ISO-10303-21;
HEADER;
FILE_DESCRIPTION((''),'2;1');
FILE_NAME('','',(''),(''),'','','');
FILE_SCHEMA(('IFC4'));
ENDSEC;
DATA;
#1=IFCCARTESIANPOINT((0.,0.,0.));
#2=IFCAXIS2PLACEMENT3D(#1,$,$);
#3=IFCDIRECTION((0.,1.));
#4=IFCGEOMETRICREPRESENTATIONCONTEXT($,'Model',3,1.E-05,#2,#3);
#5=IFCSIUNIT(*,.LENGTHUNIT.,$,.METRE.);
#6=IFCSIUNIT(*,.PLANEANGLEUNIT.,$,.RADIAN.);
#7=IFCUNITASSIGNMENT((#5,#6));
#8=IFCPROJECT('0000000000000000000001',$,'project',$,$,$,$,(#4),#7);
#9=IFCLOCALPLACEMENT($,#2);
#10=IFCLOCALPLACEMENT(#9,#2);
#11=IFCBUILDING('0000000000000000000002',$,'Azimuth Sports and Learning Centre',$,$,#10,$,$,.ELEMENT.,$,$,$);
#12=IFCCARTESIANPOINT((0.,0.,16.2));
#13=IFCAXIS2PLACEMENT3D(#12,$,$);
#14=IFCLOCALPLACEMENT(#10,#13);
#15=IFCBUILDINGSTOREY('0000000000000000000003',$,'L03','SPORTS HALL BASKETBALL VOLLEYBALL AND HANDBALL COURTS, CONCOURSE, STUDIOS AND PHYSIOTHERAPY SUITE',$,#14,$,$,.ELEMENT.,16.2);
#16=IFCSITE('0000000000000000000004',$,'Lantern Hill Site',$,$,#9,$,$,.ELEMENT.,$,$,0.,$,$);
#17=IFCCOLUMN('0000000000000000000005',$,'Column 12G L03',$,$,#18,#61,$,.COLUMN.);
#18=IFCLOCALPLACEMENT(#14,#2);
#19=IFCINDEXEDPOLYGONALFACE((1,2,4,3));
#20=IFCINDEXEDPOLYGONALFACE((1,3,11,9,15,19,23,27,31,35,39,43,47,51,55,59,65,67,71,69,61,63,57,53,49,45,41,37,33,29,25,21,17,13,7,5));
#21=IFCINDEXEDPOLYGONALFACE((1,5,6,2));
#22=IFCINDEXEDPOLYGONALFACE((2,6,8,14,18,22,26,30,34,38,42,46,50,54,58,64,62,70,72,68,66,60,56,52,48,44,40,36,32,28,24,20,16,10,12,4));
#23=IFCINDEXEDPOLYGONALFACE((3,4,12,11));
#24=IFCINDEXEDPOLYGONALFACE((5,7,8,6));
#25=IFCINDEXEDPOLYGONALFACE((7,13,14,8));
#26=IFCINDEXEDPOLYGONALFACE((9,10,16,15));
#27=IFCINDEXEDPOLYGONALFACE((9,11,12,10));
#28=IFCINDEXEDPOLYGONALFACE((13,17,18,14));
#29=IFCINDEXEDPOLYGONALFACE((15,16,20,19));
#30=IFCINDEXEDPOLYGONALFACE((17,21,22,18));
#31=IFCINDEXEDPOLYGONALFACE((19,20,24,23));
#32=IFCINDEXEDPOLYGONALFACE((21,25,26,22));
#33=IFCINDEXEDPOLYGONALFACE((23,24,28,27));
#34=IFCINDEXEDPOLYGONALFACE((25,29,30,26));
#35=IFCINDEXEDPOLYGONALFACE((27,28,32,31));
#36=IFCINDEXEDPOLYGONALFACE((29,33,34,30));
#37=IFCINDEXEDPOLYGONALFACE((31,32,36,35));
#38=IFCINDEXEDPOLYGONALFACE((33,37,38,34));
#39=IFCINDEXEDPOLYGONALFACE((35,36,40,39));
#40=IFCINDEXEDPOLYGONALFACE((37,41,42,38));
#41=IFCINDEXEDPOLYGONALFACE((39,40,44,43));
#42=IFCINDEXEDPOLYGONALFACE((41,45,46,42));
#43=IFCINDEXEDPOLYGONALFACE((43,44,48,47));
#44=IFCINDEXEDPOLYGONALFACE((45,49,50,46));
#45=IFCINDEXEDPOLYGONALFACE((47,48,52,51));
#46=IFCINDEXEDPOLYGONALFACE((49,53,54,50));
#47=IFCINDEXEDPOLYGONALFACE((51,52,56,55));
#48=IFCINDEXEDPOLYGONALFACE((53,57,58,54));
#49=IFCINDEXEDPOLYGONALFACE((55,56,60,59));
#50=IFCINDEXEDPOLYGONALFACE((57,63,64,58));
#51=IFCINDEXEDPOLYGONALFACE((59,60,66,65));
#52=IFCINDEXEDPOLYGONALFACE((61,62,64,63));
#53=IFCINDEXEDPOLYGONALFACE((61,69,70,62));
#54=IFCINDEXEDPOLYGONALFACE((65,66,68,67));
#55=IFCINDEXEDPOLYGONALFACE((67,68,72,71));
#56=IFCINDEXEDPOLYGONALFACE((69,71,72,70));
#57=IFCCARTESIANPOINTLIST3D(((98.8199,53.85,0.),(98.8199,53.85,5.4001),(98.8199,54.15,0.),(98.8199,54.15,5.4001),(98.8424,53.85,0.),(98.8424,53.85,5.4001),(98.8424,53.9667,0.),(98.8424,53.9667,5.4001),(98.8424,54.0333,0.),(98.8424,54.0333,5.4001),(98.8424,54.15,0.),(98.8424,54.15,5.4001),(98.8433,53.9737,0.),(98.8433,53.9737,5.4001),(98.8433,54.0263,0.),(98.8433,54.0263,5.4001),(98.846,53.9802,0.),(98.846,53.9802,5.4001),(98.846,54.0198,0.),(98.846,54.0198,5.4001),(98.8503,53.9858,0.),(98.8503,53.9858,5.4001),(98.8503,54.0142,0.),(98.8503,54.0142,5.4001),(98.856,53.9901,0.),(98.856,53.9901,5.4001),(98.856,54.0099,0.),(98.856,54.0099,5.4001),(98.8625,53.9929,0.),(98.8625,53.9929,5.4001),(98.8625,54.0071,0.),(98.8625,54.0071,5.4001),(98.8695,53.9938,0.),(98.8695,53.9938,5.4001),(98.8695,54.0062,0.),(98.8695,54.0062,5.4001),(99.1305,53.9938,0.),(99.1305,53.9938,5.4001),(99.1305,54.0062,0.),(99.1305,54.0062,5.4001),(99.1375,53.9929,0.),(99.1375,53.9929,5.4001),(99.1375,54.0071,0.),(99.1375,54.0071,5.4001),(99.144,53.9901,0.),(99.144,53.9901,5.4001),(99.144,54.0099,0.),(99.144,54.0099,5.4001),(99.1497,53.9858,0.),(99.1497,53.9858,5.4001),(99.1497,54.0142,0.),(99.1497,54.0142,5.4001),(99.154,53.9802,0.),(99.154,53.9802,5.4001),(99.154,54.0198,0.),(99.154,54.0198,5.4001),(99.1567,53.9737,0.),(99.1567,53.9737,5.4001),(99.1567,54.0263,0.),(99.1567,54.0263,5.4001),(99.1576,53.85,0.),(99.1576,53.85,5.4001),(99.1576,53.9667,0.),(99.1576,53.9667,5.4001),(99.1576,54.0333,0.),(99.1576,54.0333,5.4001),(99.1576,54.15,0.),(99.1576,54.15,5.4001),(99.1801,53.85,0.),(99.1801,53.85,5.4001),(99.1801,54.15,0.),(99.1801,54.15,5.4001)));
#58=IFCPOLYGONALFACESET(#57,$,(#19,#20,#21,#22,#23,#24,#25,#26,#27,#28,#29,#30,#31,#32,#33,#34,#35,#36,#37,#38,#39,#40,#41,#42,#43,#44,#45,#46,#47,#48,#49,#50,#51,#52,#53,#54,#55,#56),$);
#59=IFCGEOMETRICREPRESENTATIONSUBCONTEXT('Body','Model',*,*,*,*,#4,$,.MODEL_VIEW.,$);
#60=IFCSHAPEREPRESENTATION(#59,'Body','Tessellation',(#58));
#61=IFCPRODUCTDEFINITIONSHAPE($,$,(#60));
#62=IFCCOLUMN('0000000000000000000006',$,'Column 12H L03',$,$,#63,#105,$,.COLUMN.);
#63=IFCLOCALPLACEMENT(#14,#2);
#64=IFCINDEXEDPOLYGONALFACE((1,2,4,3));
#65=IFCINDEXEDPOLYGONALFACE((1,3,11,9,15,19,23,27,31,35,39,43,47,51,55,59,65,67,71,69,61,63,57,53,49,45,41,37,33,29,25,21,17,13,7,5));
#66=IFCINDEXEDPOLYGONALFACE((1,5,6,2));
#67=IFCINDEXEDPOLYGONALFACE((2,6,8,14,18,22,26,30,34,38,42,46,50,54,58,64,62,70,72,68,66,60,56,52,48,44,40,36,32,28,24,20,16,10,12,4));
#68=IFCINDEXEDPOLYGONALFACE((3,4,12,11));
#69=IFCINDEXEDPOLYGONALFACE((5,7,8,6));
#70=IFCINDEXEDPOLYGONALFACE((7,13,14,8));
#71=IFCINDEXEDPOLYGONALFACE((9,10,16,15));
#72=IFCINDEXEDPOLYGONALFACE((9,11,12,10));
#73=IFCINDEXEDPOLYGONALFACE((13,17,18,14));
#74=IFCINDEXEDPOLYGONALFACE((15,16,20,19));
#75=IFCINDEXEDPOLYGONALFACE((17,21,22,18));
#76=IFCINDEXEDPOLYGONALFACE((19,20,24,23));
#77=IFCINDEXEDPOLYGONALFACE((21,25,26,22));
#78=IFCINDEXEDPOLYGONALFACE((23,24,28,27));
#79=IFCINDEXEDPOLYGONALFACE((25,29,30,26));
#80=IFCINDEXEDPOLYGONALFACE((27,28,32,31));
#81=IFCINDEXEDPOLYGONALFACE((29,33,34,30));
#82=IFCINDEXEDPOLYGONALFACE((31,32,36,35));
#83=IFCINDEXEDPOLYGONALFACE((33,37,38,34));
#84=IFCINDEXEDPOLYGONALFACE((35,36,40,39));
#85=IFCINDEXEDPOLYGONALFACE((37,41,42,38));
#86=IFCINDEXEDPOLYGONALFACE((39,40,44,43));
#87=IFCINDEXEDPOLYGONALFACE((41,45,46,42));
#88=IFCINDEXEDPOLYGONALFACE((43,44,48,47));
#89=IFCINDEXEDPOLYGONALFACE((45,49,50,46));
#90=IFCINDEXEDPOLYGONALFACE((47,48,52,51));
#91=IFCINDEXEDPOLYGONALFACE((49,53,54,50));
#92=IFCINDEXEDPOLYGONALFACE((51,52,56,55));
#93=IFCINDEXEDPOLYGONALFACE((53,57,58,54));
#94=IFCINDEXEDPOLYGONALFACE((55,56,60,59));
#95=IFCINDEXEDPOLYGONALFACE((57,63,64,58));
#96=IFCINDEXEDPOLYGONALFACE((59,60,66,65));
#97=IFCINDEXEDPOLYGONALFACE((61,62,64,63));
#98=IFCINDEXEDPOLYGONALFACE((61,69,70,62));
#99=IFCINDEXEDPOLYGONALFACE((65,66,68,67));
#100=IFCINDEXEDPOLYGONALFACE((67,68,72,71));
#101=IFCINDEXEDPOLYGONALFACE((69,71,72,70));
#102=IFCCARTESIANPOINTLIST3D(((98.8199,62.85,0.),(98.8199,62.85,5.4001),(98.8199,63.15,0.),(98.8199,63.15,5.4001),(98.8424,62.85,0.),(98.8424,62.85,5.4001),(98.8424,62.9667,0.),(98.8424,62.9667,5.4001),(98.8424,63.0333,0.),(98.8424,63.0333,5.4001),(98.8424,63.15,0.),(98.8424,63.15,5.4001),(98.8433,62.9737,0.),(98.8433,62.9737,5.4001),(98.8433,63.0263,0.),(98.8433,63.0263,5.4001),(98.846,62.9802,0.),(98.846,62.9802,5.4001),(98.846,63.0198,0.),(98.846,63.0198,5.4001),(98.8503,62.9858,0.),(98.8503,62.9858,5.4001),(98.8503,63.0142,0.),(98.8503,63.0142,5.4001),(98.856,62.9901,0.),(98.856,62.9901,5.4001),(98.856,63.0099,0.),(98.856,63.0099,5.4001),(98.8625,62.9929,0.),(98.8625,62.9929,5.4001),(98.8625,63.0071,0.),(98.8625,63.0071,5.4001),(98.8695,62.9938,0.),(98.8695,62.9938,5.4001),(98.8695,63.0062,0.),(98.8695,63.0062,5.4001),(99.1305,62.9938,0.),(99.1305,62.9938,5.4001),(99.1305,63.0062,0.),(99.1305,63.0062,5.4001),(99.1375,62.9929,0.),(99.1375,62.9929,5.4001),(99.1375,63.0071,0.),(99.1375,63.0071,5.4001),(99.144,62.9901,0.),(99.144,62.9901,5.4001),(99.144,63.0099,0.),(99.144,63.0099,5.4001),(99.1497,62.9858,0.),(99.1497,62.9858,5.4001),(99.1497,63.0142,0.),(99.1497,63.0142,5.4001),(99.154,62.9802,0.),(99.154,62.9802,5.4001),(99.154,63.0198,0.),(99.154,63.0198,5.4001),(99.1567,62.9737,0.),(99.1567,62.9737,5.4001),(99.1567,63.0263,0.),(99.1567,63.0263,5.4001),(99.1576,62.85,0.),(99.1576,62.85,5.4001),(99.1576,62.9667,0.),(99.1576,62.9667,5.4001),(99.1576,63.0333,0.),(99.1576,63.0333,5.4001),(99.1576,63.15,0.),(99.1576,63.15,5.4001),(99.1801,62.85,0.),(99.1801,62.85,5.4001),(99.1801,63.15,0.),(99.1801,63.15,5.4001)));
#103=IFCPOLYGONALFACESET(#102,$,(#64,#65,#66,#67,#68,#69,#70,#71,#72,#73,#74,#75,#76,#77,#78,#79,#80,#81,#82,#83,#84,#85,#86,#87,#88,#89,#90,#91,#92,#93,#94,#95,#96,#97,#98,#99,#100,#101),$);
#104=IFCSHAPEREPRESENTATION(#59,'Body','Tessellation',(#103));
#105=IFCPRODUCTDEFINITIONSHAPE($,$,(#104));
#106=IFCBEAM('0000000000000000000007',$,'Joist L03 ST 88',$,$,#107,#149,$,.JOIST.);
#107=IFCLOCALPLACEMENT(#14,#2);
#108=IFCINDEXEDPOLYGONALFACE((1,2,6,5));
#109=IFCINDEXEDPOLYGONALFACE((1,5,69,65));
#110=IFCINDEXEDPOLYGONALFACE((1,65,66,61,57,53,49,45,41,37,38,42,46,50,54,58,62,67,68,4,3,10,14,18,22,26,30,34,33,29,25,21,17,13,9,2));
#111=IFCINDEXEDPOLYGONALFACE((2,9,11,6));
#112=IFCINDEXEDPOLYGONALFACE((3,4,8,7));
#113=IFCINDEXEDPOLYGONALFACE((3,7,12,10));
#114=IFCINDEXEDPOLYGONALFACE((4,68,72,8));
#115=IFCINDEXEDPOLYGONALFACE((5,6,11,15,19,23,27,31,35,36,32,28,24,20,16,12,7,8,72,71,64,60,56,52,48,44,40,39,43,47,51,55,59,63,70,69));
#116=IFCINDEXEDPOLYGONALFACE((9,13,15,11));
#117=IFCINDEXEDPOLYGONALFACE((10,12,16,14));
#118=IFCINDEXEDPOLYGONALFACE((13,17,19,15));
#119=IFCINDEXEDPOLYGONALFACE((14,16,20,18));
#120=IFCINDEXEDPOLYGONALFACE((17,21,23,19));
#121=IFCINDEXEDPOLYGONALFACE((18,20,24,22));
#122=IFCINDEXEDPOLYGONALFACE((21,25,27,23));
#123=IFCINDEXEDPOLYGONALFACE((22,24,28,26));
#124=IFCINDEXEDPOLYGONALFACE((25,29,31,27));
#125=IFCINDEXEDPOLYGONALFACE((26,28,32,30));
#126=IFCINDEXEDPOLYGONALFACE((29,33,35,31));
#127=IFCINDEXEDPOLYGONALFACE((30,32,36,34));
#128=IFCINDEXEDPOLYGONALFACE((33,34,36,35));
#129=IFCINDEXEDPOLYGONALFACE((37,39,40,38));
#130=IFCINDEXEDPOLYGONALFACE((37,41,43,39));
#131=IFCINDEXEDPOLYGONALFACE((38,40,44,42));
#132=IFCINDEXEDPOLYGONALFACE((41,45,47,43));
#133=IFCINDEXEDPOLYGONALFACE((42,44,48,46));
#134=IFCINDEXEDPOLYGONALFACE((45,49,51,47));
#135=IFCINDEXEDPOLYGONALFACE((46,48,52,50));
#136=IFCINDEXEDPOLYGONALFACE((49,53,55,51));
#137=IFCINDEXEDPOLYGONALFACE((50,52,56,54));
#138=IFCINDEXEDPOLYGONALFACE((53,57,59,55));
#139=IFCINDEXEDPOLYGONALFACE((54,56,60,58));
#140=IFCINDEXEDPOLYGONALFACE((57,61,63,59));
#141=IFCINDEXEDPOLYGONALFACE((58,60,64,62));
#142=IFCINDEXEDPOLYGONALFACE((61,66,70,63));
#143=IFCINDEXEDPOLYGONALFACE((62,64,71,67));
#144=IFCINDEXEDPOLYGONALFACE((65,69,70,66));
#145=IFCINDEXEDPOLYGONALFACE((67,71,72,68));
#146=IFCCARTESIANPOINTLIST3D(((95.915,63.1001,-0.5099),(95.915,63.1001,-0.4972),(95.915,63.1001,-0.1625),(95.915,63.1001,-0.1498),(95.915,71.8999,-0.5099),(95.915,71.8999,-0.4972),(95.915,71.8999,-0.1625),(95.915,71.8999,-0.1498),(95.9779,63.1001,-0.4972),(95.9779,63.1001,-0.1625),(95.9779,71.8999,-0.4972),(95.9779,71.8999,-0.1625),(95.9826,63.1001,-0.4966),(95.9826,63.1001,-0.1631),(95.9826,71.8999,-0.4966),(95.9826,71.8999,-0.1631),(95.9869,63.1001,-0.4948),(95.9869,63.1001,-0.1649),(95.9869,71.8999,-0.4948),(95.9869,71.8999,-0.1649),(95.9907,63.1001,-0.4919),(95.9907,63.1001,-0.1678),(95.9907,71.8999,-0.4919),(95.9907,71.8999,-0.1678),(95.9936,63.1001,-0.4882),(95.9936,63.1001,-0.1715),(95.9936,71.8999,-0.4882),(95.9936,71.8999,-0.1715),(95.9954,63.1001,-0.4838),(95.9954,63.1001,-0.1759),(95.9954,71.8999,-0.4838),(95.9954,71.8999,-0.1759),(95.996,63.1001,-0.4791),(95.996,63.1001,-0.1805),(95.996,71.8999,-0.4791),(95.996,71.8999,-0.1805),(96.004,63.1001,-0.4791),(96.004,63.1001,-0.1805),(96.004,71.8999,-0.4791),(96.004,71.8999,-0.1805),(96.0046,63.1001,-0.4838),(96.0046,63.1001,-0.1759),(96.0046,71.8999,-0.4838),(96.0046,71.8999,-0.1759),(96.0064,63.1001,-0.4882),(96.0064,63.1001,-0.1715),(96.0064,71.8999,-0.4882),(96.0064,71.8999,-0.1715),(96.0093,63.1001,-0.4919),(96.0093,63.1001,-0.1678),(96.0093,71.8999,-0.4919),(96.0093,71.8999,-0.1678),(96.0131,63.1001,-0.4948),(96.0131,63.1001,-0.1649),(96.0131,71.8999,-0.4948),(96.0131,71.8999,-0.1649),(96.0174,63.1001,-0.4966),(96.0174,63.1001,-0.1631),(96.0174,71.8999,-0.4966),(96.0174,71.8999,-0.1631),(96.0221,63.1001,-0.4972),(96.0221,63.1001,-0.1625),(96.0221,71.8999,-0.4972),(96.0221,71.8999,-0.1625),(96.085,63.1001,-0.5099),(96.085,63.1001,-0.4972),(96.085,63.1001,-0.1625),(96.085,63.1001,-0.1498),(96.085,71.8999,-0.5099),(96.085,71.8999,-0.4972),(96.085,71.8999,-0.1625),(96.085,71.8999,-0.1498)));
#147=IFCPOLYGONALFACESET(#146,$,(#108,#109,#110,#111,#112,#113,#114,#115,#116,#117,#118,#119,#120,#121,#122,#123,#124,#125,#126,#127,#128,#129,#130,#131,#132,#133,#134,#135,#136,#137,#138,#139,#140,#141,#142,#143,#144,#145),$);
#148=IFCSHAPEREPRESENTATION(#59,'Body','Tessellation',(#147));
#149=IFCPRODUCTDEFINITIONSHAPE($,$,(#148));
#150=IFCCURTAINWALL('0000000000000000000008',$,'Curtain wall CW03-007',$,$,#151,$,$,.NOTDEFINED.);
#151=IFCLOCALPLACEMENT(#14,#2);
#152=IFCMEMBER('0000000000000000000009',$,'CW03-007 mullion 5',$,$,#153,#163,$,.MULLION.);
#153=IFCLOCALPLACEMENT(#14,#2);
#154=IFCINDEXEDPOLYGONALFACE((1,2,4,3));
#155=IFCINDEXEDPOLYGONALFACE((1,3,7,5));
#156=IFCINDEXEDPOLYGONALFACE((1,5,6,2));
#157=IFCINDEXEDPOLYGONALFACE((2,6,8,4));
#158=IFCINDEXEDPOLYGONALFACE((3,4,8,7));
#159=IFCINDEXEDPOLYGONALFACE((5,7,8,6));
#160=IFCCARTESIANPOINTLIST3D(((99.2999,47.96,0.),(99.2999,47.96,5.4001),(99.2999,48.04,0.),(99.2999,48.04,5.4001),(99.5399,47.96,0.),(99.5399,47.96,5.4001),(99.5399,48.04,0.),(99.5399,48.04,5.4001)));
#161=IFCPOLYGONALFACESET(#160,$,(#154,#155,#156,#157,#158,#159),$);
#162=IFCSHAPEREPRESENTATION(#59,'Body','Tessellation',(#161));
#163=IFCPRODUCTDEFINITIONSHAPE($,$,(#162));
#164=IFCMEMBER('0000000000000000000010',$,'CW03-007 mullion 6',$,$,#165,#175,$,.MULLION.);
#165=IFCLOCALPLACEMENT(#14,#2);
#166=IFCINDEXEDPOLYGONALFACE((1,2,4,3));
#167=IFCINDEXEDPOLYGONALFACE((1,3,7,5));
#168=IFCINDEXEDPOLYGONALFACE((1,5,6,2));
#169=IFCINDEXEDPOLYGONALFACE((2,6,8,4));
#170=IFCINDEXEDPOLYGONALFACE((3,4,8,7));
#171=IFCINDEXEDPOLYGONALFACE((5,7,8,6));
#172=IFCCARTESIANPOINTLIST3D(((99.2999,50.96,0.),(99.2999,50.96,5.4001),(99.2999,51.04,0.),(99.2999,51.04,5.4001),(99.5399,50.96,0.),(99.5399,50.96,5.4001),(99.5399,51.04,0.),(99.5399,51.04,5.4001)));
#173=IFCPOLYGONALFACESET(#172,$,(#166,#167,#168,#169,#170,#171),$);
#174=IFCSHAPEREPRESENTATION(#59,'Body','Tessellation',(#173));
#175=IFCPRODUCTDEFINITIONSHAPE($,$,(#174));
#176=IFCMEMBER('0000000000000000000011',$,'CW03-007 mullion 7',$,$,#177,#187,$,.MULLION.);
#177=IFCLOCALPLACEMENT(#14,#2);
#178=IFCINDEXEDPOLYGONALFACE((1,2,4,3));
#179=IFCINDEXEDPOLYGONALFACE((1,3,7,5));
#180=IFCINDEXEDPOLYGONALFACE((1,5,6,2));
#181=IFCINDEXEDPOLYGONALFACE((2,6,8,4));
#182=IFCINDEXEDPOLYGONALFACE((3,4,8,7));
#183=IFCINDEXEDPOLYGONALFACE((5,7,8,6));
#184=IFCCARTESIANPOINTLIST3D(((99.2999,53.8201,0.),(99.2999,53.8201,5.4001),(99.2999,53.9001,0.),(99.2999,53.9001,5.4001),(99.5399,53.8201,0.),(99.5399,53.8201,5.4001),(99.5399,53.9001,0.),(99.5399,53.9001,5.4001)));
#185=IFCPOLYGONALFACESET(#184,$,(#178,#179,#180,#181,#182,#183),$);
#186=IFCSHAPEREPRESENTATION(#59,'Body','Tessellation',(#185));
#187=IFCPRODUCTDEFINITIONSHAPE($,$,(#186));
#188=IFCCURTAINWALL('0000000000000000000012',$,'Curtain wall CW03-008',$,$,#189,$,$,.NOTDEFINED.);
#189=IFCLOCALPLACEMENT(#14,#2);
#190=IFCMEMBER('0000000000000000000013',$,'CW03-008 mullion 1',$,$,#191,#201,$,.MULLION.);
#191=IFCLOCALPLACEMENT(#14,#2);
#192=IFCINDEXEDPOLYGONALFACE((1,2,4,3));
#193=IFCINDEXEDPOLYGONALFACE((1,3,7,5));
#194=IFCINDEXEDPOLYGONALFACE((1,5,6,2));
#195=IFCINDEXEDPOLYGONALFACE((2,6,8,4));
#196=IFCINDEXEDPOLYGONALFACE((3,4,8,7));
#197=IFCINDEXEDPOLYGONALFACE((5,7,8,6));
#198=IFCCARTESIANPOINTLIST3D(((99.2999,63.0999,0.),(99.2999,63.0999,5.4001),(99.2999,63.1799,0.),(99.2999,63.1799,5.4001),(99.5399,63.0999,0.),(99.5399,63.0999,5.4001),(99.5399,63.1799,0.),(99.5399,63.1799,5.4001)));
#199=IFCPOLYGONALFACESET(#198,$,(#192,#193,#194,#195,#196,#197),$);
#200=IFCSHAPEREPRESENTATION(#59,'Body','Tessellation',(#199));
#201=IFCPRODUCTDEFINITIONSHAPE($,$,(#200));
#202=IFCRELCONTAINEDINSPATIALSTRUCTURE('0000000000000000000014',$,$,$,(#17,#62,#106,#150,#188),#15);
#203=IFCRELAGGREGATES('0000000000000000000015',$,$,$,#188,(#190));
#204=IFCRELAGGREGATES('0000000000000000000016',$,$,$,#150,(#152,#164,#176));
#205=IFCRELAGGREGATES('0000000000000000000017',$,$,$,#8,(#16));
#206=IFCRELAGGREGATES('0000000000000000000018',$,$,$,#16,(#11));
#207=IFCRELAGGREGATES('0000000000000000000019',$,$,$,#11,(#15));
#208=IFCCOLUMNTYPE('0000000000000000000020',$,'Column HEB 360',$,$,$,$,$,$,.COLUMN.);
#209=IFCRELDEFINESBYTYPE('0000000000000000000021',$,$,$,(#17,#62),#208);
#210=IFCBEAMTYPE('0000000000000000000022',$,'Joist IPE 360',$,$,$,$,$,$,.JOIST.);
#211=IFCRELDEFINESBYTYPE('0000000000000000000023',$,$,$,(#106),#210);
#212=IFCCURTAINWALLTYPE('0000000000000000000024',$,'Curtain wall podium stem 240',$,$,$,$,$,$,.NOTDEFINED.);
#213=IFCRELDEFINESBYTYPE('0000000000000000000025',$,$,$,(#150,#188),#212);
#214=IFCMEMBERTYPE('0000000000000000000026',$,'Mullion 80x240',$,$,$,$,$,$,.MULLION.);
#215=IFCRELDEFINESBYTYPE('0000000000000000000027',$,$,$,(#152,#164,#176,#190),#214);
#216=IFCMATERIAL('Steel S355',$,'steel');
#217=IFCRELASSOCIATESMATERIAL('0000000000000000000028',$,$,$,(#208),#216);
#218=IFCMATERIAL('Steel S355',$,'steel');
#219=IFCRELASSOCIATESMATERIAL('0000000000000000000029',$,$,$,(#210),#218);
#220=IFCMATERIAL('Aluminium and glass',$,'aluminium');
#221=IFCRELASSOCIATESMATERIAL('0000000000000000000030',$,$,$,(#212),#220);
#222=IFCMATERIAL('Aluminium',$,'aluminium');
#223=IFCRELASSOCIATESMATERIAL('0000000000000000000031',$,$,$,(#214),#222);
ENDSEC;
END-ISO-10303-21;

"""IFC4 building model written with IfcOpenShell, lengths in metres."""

from ifc_helpers import new_model, si_unit, direction, frame, origin, origin_2d, place, context, subcontext, project, spatial, rectangle, i_section, extrude, material, material_profile, profile_set, type_object, element, aggregate, save


model = new_model("IFC4")

# Units and contexts
model_context = context("Model", 3, precision=1e-05, world=origin(), true_north=direction((0.0, 1.0)))
body_context = subcontext(model_context, "Body", "Model", "MODEL_VIEW")
ifc_project = project(units=[si_unit("LENGTHUNIT", "METRE"), si_unit("PLANEANGLEUNIT", "RADIAN")], contexts=[model_context])

# Site, building, storey
site_placement = place(None, origin())
site = spatial("IfcSite", under=ifc_project, at=site_placement, Name="Lantern Hill Site", CompositionType="ELEMENT", RefElevation=0.0)
building_placement = place(site_placement, origin())
building = spatial("IfcBuilding", under=site, at=building_placement, Name="Azimuth Sports and Learning Centre", CompositionType="ELEMENT")
storey_placement = place(building_placement, frame((0.0, 0.0, 16.2)))
storey = spatial("IfcBuildingStorey", under=building, at=storey_placement, Name="L03", Description="SPORTS HALL BASKETBALL VOLLEYBALL AND HANDBALL COURTS, CONCOURSE, STUDIOS AND PHYSIOTHERAPY SUITE", CompositionType="ELEMENT", Elevation=16.2)

# Columns
ifc_material_1 = material(Name="Steel S355", Category="steel")
ifc_material_profile_1 = material_profile(ifc_material_1, i_section(OverallWidth=0.3, OverallDepth=0.3601, WebThickness=0.0125, FlangeThickness=0.0225, FilletRadius=0.0271, at=origin_2d()), Name="HEB 360")
ifc_profile_set_1 = profile_set([ifc_material_profile_1], Name="Steel S355")
column_type = type_object("IfcColumnType", Name="Column HEB 360", PredefinedType="COLUMN", material=ifc_profile_set_1)
for number, where, z_axis, x_axis, name in (
    (1, (99.0, 54.0, 0.0), (0.0, 0.0, 1.0), (0.0, 1.0, 0.0), "Column 12G L03"),
    (2, (99.0, 63.0, 0.0), (0.0, 0.0, 1.0), (0.0, 1.0, 0.0), "Column 12H L03"),
):
    element("IfcColumn", number, at=place(storey_placement, frame(where, z_axis=z_axis, x_axis=x_axis)), inside=storey, type_object=column_type, Name=name, PredefinedType="COLUMN", context=body_context, shape_type="SweptSolid", body=[
        extrude(i_section(OverallWidth=0.3, OverallDepth=0.3601, WebThickness=0.0125, FlangeThickness=0.0225, FilletRadius=0.0271, at=origin_2d()), origin(), (0.0, 0.0, 1.0), 5.4001),
    ])

# Beam
ifc_material_2 = material(Name="Steel S355", Category="steel")
ifc_material_profile_2 = material_profile(ifc_material_2, i_section(OverallWidth=0.1699, OverallDepth=0.3601, WebThickness=0.0081, FlangeThickness=0.0127, FilletRadius=0.0181, at=origin_2d()), Name="IPE 360")
ifc_profile_set_2 = profile_set([ifc_material_profile_2], Name="Steel S355")
beam_type = type_object("IfcBeamType", Name="Joist IPE 360", PredefinedType="JOIST", material=ifc_profile_set_2)
beam_placement = place(storey_placement, frame((96.0, 63.1001, -0.3298), z_axis=(0.0, 1.0, 0.0), x_axis=(-1.0, 0.0, 0.0)))
element("IfcBeam", 3, at=beam_placement, inside=storey, type_object=beam_type, Name="Joist L03 ST 88", PredefinedType="JOIST", context=body_context, shape_type="SweptSolid", body=[
    extrude(i_section(OverallWidth=0.1699, OverallDepth=0.3601, WebThickness=0.0081, FlangeThickness=0.0127, FilletRadius=0.0181, at=origin_2d()), origin(), (0.0, 0.0, 1.0), 8.7998),
])

# Curtain wall, members
ifc_material_3 = material(Name="Aluminium and glass", Category="aluminium")
curtain_wall_type = type_object("IfcCurtainWallType", Name="Curtain wall podium stem 240", PredefinedType="NOTDEFINED", material=ifc_material_3)
curtain_wall_1_placement = place(storey_placement, origin())
curtain_wall_1 = element("IfcCurtainWall", 4, at=curtain_wall_1_placement, inside=storey, type_object=curtain_wall_type, Name="Curtain wall CW03-007", PredefinedType="NOTDEFINED")
ifc_material_4 = material(Name="Aluminium", Category="aluminium")
ifc_material_profile_3 = material_profile(ifc_material_4, rectangle(XDim=0.24, YDim=0.0801, at=origin_2d()), Name="Mullion 80x240")
ifc_profile_set_3 = profile_set([ifc_material_profile_3], Name="Aluminium")
member_type_1 = type_object("IfcMemberType", Name="Mullion 80x240", PredefinedType="MULLION", material=ifc_profile_set_3)
member_1_placement = place(storey_placement, frame((99.4199, 48.0, 0.0), z_axis=(0.0, 0.0, 1.0), x_axis=(-1.0, 0.0, 0.0)))
member_1 = element("IfcMember", 5, at=member_1_placement, type_object=member_type_1, Name="CW03-007 mullion 5", PredefinedType="MULLION", context=body_context, shape_type="SweptSolid", body=[
    extrude(rectangle(XDim=0.24, YDim=0.0801, at=origin_2d()), origin(), (0.0, 0.0, 1.0), 5.4001),
])
member_2_placement = place(storey_placement, frame((99.4199, 51.0, 0.0), z_axis=(0.0, 0.0, 1.0), x_axis=(-1.0, 0.0, 0.0)))
member_2 = element("IfcMember", 6, at=member_2_placement, type_object=member_type_1, Name="CW03-007 mullion 6", PredefinedType="MULLION", context=body_context, shape_type="SweptSolid", body=[
    extrude(rectangle(XDim=0.24, YDim=0.0801, at=origin_2d()), origin(), (0.0, 0.0, 1.0), 5.4001),
])
member_3_placement = place(storey_placement, frame((99.4199, 53.8601, 0.0), z_axis=(0.0, 0.0, 1.0), x_axis=(-1.0, 0.0, 0.0)))
member_3 = element("IfcMember", 7, at=member_3_placement, type_object=member_type_1, Name="CW03-007 mullion 7", PredefinedType="MULLION", context=body_context, shape_type="SweptSolid", body=[
    extrude(rectangle(XDim=0.24, YDim=0.0801, at=origin_2d()), origin(), (0.0, 0.0, 1.0), 5.4001),
])

# Curtain wall, member
curtain_wall_2_placement = place(storey_placement, origin())
curtain_wall_2 = element("IfcCurtainWall", 8, at=curtain_wall_2_placement, inside=storey, type_object=curtain_wall_type, Name="Curtain wall CW03-008", PredefinedType="NOTDEFINED")
member_4_placement = place(storey_placement, frame((99.4199, 63.1399, 0.0), z_axis=(0.0, 0.0, 1.0), x_axis=(-1.0, 0.0, 0.0)))
member_4 = element("IfcMember", 9, at=member_4_placement, type_object=member_type_1, Name="CW03-008 mullion 1", PredefinedType="MULLION", context=body_context, shape_type="SweptSolid", body=[
    extrude(rectangle(XDim=0.24, YDim=0.0801, at=origin_2d()), origin(), (0.0, 0.0, 1.0), 5.4001),
])
aggregate(curtain_wall_2, [member_4])

aggregate(curtain_wall_1, [member_1, member_2, member_3])

save(model, "model.ifc")
